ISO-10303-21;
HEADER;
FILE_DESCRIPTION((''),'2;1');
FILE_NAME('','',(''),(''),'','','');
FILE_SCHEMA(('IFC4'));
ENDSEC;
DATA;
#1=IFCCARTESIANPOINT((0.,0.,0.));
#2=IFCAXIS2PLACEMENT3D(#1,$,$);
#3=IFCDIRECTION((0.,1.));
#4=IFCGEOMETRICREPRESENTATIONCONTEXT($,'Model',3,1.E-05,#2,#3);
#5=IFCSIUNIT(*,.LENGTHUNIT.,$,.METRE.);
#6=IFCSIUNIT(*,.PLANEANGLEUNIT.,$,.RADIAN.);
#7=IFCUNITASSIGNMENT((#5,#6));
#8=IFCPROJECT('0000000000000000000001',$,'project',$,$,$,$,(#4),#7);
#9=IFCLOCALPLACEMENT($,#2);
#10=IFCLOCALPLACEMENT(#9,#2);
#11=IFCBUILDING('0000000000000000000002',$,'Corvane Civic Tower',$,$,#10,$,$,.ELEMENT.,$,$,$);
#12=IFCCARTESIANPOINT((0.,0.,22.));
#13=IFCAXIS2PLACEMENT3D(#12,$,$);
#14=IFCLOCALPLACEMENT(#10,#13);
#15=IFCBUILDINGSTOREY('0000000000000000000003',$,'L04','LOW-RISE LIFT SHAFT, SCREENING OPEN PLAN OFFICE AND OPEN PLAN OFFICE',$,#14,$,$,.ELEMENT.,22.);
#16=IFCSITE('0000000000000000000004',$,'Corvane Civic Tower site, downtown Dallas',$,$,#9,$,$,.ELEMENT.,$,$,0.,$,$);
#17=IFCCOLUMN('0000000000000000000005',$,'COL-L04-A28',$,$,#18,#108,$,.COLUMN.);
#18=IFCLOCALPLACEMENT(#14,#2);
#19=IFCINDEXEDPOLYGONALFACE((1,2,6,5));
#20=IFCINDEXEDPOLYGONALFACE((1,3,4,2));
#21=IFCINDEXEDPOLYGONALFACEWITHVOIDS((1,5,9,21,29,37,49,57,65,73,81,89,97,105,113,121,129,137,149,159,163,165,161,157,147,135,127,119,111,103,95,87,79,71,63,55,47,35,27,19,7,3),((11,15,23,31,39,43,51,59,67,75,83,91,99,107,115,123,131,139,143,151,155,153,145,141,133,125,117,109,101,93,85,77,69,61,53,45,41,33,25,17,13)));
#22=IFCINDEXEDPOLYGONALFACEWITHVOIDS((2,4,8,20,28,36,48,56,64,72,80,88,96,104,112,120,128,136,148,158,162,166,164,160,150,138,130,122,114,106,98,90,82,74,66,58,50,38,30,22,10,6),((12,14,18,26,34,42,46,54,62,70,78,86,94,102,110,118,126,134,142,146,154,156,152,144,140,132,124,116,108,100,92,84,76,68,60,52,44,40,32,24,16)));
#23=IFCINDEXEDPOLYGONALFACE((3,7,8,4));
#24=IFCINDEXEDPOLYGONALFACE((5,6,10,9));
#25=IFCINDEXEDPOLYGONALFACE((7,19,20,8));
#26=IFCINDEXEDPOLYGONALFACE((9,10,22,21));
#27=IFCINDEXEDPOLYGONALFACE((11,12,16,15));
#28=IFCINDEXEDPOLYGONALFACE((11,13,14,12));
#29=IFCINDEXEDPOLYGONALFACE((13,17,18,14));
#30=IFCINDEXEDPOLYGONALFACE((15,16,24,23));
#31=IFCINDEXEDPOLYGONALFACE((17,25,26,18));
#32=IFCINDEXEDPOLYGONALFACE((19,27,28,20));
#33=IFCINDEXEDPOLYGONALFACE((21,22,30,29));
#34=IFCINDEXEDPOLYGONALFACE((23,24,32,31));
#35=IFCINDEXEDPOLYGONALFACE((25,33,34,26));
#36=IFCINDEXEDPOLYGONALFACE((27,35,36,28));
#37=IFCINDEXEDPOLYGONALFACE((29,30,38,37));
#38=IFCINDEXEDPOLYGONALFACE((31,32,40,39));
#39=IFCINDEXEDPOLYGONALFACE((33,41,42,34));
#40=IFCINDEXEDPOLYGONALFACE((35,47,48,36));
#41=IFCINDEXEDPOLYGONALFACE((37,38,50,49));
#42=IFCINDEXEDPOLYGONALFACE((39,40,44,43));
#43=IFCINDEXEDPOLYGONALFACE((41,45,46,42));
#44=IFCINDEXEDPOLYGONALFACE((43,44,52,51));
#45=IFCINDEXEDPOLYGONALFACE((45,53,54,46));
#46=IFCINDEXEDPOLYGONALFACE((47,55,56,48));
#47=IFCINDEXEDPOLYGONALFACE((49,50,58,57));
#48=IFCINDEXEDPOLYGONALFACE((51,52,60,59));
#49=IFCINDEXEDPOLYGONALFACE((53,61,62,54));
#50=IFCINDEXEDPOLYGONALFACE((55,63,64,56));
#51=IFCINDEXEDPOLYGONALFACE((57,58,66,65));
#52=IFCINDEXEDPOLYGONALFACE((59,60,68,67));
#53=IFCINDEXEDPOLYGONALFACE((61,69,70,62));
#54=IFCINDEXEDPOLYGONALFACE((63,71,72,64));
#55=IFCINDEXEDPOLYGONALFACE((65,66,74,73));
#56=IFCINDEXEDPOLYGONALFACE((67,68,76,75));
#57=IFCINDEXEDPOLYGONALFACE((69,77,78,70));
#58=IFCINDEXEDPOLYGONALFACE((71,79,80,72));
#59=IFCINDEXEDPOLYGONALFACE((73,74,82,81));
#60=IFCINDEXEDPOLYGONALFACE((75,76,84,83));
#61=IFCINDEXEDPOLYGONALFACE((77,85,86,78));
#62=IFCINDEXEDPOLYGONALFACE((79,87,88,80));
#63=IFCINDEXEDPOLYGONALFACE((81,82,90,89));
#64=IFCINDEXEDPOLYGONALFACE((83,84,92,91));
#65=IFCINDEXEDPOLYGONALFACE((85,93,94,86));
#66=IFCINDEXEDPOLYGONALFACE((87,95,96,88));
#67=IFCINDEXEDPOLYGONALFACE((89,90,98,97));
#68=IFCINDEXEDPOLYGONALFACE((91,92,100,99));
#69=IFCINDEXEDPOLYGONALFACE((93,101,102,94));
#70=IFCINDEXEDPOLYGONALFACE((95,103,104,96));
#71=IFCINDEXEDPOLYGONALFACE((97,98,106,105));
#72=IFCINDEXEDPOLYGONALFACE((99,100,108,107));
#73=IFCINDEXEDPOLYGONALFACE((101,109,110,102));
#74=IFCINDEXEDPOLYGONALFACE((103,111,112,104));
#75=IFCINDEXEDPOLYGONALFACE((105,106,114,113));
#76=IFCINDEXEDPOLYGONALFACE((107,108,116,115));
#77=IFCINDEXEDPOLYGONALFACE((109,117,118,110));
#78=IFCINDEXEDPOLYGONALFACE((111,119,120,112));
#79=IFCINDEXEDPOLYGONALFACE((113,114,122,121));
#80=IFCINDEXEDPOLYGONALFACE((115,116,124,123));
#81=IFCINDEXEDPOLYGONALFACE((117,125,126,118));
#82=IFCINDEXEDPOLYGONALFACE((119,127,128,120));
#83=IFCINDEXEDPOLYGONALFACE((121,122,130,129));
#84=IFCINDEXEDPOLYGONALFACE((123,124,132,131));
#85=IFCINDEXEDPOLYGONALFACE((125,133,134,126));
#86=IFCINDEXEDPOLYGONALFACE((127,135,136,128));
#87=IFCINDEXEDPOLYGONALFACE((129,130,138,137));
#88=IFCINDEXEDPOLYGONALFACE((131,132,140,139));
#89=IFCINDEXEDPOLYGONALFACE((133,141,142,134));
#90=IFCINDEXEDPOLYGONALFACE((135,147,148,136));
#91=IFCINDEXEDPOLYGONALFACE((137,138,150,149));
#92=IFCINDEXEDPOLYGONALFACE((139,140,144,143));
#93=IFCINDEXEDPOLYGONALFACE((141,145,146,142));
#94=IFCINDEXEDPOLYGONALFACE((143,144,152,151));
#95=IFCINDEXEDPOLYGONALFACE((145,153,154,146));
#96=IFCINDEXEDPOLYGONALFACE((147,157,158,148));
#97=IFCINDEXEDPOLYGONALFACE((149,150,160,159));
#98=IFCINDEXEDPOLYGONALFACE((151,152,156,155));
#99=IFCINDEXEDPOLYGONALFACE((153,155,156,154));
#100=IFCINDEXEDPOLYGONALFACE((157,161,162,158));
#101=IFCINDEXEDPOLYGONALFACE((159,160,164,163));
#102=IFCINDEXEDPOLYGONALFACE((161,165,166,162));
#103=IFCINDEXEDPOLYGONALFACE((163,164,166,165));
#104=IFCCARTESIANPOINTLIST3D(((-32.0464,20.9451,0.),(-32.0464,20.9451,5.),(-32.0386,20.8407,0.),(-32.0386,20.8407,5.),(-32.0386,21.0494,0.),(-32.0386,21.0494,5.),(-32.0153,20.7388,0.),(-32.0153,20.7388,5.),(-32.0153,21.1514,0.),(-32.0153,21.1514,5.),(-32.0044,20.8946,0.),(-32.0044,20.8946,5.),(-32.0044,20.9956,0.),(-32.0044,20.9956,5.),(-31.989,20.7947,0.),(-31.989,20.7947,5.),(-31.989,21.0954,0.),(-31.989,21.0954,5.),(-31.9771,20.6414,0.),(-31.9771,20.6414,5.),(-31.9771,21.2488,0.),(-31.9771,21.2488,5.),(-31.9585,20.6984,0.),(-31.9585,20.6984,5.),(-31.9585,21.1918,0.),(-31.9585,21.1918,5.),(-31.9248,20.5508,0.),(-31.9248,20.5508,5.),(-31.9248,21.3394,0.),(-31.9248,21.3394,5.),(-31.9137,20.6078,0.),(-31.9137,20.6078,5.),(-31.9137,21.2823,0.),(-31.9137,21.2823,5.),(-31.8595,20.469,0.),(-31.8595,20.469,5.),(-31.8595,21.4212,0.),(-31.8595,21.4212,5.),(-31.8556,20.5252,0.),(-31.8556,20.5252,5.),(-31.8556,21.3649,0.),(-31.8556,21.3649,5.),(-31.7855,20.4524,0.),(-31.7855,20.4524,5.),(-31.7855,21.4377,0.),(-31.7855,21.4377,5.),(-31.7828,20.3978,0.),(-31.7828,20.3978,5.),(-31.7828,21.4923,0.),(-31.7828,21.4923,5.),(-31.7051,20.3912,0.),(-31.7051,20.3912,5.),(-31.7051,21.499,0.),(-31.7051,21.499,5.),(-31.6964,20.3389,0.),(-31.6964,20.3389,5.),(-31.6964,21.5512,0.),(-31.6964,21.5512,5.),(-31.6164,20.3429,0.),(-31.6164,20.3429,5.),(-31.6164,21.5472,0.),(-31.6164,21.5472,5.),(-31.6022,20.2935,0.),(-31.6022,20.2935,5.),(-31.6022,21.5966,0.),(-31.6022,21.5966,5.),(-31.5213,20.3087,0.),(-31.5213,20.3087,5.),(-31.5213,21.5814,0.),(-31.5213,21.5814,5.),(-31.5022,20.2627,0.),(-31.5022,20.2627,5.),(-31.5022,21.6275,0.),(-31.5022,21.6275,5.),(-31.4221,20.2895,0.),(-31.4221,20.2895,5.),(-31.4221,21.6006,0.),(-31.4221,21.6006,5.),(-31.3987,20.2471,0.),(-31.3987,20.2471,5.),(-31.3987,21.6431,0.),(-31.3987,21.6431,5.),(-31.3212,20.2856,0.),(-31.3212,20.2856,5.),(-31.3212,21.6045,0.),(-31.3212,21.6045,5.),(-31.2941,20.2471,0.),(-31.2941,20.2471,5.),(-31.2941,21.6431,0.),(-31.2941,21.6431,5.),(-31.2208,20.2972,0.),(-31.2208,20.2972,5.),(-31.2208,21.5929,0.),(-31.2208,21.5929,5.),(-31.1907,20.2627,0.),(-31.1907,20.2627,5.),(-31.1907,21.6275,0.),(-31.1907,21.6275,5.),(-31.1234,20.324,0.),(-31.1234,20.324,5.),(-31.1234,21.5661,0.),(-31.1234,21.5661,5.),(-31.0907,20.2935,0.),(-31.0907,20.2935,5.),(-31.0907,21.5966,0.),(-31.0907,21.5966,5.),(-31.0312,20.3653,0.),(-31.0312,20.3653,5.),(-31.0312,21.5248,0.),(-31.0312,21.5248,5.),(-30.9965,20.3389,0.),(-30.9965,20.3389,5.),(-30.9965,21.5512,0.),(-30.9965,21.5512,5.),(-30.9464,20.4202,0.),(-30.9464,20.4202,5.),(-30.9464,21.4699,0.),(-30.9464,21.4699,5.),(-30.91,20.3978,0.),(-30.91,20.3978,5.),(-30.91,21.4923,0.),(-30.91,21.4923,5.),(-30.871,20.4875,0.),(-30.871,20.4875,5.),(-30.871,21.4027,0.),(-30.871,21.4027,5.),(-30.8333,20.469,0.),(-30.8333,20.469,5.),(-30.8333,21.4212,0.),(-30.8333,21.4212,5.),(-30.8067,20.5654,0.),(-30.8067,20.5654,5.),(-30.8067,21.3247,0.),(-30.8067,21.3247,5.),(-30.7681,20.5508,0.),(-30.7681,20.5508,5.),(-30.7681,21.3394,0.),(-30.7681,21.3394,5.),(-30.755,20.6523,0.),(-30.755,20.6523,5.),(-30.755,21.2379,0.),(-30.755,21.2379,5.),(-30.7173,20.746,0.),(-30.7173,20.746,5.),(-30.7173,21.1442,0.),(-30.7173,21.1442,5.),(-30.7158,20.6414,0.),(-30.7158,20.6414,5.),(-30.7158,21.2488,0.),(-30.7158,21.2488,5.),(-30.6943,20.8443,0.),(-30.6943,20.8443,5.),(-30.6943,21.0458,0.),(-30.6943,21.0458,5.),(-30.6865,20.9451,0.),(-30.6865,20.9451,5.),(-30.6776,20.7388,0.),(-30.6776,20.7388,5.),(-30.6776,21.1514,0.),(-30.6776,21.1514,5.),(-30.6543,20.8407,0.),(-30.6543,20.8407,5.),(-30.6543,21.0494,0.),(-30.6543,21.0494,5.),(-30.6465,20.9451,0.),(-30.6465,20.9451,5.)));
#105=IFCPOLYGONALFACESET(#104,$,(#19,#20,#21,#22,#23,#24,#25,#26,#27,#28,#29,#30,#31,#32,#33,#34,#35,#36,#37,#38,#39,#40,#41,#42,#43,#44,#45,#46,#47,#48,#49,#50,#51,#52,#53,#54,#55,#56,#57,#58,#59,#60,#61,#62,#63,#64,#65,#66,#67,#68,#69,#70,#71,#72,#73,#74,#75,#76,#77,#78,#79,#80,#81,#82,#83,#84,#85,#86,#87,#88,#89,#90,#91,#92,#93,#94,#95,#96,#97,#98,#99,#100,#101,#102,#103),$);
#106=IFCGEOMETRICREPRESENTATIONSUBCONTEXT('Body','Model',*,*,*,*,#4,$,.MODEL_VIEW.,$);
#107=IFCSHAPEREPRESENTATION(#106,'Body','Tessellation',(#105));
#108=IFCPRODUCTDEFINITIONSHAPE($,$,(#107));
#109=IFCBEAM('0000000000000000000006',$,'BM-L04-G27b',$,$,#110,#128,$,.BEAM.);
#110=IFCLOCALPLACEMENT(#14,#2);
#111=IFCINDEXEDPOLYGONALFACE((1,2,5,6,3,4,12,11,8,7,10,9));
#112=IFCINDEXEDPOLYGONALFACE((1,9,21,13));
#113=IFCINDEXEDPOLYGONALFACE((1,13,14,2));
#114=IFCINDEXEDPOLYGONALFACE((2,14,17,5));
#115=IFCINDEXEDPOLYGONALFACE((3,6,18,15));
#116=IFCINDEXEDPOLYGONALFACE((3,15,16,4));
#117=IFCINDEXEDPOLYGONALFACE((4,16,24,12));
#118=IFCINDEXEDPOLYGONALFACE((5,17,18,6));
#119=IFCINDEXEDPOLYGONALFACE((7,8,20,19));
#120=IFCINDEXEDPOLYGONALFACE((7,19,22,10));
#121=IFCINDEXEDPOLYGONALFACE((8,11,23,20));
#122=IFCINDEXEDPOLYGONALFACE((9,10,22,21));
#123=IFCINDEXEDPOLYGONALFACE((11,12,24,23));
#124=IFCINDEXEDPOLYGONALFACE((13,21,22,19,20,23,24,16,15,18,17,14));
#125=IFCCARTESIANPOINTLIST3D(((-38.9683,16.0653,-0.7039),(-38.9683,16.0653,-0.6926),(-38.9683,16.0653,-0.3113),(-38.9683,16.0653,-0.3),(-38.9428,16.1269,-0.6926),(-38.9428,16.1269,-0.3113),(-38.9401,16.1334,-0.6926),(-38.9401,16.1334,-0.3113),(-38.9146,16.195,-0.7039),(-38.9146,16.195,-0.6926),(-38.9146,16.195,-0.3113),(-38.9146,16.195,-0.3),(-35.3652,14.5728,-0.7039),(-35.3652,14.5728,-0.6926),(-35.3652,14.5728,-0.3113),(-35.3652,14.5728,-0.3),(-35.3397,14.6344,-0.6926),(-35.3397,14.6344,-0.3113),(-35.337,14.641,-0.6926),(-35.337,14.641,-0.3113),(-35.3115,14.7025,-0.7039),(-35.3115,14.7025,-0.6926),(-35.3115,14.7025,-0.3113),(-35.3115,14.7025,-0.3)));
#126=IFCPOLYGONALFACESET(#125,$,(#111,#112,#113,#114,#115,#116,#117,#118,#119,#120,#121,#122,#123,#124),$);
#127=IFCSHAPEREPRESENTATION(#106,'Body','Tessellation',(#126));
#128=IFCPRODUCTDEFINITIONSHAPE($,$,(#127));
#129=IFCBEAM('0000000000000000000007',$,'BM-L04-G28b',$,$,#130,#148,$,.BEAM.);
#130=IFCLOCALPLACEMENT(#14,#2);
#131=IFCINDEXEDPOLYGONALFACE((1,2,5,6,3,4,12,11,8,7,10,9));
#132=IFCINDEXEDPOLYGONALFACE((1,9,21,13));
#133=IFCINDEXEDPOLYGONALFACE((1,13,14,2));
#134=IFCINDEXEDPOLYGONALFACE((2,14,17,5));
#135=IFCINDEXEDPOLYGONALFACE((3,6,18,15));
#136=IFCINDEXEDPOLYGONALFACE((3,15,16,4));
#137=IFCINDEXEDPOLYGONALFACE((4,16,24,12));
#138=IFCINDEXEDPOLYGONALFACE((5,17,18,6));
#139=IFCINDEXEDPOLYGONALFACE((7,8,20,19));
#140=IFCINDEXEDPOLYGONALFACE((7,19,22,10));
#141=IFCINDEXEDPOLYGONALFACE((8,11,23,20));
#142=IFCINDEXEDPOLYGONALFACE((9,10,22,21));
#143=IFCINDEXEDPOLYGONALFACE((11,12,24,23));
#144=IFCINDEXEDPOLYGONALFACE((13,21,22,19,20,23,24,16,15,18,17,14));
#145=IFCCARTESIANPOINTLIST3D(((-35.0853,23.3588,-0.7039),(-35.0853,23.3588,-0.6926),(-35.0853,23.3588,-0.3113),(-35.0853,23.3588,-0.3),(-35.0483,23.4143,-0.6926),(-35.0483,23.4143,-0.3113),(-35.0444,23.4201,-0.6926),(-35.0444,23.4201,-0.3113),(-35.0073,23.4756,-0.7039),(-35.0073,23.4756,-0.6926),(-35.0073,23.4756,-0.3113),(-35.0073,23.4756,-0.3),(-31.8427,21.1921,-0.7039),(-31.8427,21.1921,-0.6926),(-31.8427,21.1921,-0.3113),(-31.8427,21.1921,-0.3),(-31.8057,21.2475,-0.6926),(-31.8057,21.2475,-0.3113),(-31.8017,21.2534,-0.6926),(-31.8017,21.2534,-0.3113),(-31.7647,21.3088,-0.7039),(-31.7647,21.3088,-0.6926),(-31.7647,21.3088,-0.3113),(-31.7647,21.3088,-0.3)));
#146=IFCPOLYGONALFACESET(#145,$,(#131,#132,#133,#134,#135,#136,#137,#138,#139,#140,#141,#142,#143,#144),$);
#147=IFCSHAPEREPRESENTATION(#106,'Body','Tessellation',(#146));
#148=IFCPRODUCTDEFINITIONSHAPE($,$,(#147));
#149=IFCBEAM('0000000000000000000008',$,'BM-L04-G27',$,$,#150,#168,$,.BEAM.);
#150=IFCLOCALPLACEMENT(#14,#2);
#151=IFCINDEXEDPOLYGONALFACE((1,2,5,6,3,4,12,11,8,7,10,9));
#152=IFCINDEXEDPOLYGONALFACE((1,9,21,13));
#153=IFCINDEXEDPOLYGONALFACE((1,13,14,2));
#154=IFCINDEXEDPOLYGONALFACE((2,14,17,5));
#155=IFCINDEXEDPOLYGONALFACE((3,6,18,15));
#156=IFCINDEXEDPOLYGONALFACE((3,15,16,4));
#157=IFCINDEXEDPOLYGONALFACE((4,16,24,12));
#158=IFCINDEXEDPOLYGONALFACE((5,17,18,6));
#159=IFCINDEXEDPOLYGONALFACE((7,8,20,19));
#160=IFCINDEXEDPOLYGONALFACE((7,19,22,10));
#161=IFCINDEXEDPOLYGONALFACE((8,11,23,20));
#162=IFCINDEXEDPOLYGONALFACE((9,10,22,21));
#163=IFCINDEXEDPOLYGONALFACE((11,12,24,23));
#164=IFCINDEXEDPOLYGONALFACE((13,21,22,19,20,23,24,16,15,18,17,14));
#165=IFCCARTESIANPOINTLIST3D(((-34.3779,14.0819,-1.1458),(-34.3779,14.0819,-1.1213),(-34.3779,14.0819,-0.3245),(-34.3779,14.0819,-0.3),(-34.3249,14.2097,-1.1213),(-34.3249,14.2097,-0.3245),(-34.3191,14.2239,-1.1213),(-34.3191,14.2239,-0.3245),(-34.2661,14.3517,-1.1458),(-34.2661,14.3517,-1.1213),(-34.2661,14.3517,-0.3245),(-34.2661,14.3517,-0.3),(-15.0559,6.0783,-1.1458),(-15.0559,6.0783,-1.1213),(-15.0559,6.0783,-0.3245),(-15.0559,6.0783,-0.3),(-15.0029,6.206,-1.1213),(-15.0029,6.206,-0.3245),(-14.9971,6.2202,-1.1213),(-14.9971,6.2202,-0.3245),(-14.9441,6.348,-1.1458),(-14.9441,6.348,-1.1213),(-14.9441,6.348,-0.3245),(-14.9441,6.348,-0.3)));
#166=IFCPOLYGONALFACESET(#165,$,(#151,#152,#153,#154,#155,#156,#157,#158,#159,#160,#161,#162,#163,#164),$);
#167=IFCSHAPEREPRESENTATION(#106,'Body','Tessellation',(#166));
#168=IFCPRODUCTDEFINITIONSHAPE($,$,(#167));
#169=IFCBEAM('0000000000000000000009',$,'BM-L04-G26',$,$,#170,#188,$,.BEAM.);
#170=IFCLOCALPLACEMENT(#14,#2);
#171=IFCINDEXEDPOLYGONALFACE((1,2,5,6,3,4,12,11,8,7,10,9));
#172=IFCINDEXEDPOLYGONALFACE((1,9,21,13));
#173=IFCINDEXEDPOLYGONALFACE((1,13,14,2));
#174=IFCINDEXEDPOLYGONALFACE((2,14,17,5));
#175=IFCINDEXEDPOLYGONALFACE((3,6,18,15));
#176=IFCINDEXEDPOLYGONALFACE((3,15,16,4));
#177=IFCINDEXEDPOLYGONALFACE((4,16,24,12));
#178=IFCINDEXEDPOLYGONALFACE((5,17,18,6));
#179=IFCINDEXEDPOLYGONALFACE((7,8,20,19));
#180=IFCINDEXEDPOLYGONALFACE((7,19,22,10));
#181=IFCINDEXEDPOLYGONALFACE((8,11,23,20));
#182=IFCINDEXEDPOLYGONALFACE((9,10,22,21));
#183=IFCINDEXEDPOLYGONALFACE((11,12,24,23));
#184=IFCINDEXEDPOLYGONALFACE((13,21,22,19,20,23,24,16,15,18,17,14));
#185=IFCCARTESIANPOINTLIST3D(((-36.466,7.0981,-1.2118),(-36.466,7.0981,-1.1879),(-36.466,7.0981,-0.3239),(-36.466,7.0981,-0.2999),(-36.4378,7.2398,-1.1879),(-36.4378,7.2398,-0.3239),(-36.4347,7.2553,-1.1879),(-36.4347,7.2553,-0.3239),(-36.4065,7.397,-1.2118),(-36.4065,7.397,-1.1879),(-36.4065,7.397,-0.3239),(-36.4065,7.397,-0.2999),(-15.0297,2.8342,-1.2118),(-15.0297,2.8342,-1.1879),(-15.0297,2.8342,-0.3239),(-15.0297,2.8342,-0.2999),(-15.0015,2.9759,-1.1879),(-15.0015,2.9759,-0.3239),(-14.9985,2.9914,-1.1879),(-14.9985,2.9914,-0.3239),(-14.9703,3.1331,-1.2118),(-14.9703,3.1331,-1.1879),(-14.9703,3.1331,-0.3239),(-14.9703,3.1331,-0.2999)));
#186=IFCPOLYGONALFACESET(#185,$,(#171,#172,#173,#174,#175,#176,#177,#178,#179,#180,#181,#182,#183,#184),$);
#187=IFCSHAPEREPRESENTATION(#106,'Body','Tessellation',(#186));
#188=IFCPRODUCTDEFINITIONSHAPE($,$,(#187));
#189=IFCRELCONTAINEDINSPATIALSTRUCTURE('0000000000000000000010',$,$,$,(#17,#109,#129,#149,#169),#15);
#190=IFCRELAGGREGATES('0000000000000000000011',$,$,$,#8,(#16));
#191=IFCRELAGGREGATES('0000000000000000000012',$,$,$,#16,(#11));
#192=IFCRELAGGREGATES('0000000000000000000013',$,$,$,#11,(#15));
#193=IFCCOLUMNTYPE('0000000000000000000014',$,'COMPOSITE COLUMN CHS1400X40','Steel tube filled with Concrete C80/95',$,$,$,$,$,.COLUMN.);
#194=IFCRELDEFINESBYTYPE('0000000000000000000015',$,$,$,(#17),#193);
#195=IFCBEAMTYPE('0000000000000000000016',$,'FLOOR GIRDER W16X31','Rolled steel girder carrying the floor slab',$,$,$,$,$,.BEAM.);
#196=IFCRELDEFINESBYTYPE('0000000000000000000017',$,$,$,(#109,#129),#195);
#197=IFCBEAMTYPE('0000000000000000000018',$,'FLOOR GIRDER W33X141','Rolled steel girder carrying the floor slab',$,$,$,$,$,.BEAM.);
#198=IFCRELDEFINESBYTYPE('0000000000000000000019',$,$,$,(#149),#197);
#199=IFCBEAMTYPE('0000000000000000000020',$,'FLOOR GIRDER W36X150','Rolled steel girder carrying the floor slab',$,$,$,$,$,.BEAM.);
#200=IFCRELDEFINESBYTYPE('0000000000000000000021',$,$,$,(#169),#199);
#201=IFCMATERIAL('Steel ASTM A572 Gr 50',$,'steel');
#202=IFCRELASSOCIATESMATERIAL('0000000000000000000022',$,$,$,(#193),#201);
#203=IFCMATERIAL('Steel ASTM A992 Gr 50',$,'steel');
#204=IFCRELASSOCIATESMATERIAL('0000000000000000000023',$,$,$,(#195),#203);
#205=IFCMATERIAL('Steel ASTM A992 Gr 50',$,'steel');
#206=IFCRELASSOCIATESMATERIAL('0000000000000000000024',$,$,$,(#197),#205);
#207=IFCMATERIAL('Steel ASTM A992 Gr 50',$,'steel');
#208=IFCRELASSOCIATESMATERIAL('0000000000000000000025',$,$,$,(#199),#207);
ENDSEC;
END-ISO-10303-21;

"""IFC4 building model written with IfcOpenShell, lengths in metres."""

from ifc_helpers import new_model, si_unit, direction, frame, origin, origin_2d, place, context, subcontext, project, spatial, hollow_circle, i_section, extrude, material, material_profile, profile_set, type_object, element, save


model = new_model("IFC4")

# Units and contexts
model_context = context("Model", 3, precision=1e-05, world=origin(), true_north=direction((0.0, 1.0)))
body_context = subcontext(model_context, "Body", "Model", "MODEL_VIEW")
ifc_project = project(units=[si_unit("LENGTHUNIT", "METRE"), si_unit("PLANEANGLEUNIT", "RADIAN")], contexts=[model_context])

# Site, building, storey
site_placement = place(None, origin())
site = spatial("IfcSite", under=ifc_project, at=site_placement, Name="Corvane Civic Tower site, downtown Dallas", CompositionType="ELEMENT", RefElevation=0.0)
building_placement = place(site_placement, origin())
building = spatial("IfcBuilding", under=site, at=building_placement, Name="Corvane Civic Tower", CompositionType="ELEMENT")
storey_placement = place(building_placement, frame((0.0, 0.0, 22.0)))
storey = spatial("IfcBuildingStorey", under=building, at=storey_placement, Name="L04", Description="LOW-RISE LIFT SHAFT, SCREENING OPEN PLAN OFFICE AND OPEN PLAN OFFICE", CompositionType="ELEMENT", Elevation=22.0)

# Column
ifc_material_1 = material(Name="Steel ASTM A572 Gr 50", Category="steel")
ifc_material_profile_1 = material_profile(ifc_material_1, hollow_circle(Radius=0.7, WallThickness=0.04, at=origin_2d()), Name="CHS1400X40")
ifc_profile_set_1 = profile_set([ifc_material_profile_1], Name="Steel ASTM A572 Gr 50")
column_type_1 = type_object("IfcColumnType", Name="COMPOSITE COLUMN CHS1400X40", Description="Steel tube filled with Concrete C80/95", PredefinedType="COLUMN", material=ifc_profile_set_1)
for number, where, z_axis, x_axis, name in (
    (1, (-31.3464, 20.9451, 0.0), (0.0, 0.0, 1.0), (1.0, 0.0, 0.0), "COL-L04-A28"),
):
    element("IfcColumn", number, at=place(storey_placement, frame(where, z_axis=z_axis, x_axis=x_axis)), inside=storey, type_object=column_type_1, Name=name, PredefinedType="COLUMN", context=body_context, shape_type="SweptSolid", body=[
        extrude(hollow_circle(Radius=0.7, WallThickness=0.04, at=origin_2d()), origin(), (0.0, 0.0, 1.0), 5.0),
    ])

# Beams
ifc_material_2 = material(Name="Steel ASTM A992 Gr 50", Category="steel")
ifc_material_profile_2 = material_profile(ifc_material_2, i_section(OverallWidth=0.1404, OverallDepth=0.4038, WebThickness=0.0071, FlangeThickness=0.0112, at=origin_2d()), Name="W16X31")
ifc_profile_set_2 = profile_set([ifc_material_profile_2], Name="Steel ASTM A992 Gr 50")
beam_type_1 = type_object("IfcBeamType", Name="FLOOR GIRDER W16X31", Description="Rolled steel girder carrying the floor slab", PredefinedType="BEAM", material=ifc_profile_set_2)
for number, where, z_axis, x_axis, name in (
    (2, (-35.3384, 14.6377, -0.502), (-0.923879, 0.382685, 0.0), (-0.382685, -0.923879, 0.0), "BM-L04-G27b"),
    (3, (-31.8037, 21.2505, -0.502), (-0.831462, 0.555581, 0.0), (-0.555581, -0.831462, 0.0), "BM-L04-G28b"),
):
    element("IfcBeam", number, at=place(storey_placement, frame(where, z_axis=z_axis, x_axis=x_axis)), inside=storey, type_object=beam_type_1, Name=name, PredefinedType="BEAM", context=body_context, shape_type="SweptSolid", body=[
        extrude(i_section(OverallWidth=0.1404, OverallDepth=0.4038, WebThickness=0.0071, FlangeThickness=0.0112, at=origin_2d()), origin(), (0.0, 0.0, 1.0), 3.8999),
    ])
ifc_material_3 = material(Name="Steel ASTM A992 Gr 50", Category="steel")
ifc_material_profile_3 = material_profile(ifc_material_3, i_section(OverallWidth=0.292, OverallDepth=0.8457, WebThickness=0.0154, FlangeThickness=0.0244, at=origin_2d()), Name="W33X141")
ifc_profile_set_3 = profile_set([ifc_material_profile_3], Name="Steel ASTM A992 Gr 50")
beam_type_2 = type_object("IfcBeamType", Name="FLOOR GIRDER W33X141", Description="Rolled steel girder carrying the floor slab", PredefinedType="BEAM", material=ifc_profile_set_3)
beam_1_placement = place(storey_placement, frame((-15.0, 6.2131, -0.7229), z_axis=(-0.923876, 0.382692, 0.0), x_axis=(-0.382692, -0.923876, 0.0)))
element("IfcBeam", 4, at=beam_1_placement, inside=storey, type_object=beam_type_2, Name="BM-L04-G27", PredefinedType="BEAM", context=body_context, shape_type="SweptSolid", body=[
    extrude(i_section(OverallWidth=0.292, OverallDepth=0.8457, WebThickness=0.0154, FlangeThickness=0.0244, at=origin_2d()), origin(), (0.0, 0.0, 1.0), 20.9141),
])
ifc_material_4 = material(Name="Steel ASTM A992 Gr 50", Category="steel")
ifc_material_profile_4 = material_profile(ifc_material_4, i_section(OverallWidth=0.3047, OverallDepth=0.9119, WebThickness=0.0159, FlangeThickness=0.0239, at=origin_2d()), Name="W36X150")
ifc_profile_set_4 = profile_set([ifc_material_profile_4], Name="Steel ASTM A992 Gr 50")
beam_type_3 = type_object("IfcBeamType", Name="FLOOR GIRDER W36X150", Description="Rolled steel girder carrying the floor slab", PredefinedType="BEAM", material=ifc_profile_set_4)
beam_2_placement = place(storey_placement, frame((-15.0, 2.9836, -0.7559), z_axis=(-0.980785, 0.195089, 0.0), x_axis=(-0.195089, -0.980785, 0.0)))
element("IfcBeam", 5, at=beam_2_placement, inside=storey, type_object=beam_type_3, Name="BM-L04-G26", PredefinedType="BEAM", context=body_context, shape_type="SweptSolid", body=[
    extrude(i_section(OverallWidth=0.3047, OverallDepth=0.9119, WebThickness=0.0159, FlangeThickness=0.0239, at=origin_2d()), origin(), (0.0, 0.0, 1.0), 21.8562),
])

save(model, "model.ifc")
